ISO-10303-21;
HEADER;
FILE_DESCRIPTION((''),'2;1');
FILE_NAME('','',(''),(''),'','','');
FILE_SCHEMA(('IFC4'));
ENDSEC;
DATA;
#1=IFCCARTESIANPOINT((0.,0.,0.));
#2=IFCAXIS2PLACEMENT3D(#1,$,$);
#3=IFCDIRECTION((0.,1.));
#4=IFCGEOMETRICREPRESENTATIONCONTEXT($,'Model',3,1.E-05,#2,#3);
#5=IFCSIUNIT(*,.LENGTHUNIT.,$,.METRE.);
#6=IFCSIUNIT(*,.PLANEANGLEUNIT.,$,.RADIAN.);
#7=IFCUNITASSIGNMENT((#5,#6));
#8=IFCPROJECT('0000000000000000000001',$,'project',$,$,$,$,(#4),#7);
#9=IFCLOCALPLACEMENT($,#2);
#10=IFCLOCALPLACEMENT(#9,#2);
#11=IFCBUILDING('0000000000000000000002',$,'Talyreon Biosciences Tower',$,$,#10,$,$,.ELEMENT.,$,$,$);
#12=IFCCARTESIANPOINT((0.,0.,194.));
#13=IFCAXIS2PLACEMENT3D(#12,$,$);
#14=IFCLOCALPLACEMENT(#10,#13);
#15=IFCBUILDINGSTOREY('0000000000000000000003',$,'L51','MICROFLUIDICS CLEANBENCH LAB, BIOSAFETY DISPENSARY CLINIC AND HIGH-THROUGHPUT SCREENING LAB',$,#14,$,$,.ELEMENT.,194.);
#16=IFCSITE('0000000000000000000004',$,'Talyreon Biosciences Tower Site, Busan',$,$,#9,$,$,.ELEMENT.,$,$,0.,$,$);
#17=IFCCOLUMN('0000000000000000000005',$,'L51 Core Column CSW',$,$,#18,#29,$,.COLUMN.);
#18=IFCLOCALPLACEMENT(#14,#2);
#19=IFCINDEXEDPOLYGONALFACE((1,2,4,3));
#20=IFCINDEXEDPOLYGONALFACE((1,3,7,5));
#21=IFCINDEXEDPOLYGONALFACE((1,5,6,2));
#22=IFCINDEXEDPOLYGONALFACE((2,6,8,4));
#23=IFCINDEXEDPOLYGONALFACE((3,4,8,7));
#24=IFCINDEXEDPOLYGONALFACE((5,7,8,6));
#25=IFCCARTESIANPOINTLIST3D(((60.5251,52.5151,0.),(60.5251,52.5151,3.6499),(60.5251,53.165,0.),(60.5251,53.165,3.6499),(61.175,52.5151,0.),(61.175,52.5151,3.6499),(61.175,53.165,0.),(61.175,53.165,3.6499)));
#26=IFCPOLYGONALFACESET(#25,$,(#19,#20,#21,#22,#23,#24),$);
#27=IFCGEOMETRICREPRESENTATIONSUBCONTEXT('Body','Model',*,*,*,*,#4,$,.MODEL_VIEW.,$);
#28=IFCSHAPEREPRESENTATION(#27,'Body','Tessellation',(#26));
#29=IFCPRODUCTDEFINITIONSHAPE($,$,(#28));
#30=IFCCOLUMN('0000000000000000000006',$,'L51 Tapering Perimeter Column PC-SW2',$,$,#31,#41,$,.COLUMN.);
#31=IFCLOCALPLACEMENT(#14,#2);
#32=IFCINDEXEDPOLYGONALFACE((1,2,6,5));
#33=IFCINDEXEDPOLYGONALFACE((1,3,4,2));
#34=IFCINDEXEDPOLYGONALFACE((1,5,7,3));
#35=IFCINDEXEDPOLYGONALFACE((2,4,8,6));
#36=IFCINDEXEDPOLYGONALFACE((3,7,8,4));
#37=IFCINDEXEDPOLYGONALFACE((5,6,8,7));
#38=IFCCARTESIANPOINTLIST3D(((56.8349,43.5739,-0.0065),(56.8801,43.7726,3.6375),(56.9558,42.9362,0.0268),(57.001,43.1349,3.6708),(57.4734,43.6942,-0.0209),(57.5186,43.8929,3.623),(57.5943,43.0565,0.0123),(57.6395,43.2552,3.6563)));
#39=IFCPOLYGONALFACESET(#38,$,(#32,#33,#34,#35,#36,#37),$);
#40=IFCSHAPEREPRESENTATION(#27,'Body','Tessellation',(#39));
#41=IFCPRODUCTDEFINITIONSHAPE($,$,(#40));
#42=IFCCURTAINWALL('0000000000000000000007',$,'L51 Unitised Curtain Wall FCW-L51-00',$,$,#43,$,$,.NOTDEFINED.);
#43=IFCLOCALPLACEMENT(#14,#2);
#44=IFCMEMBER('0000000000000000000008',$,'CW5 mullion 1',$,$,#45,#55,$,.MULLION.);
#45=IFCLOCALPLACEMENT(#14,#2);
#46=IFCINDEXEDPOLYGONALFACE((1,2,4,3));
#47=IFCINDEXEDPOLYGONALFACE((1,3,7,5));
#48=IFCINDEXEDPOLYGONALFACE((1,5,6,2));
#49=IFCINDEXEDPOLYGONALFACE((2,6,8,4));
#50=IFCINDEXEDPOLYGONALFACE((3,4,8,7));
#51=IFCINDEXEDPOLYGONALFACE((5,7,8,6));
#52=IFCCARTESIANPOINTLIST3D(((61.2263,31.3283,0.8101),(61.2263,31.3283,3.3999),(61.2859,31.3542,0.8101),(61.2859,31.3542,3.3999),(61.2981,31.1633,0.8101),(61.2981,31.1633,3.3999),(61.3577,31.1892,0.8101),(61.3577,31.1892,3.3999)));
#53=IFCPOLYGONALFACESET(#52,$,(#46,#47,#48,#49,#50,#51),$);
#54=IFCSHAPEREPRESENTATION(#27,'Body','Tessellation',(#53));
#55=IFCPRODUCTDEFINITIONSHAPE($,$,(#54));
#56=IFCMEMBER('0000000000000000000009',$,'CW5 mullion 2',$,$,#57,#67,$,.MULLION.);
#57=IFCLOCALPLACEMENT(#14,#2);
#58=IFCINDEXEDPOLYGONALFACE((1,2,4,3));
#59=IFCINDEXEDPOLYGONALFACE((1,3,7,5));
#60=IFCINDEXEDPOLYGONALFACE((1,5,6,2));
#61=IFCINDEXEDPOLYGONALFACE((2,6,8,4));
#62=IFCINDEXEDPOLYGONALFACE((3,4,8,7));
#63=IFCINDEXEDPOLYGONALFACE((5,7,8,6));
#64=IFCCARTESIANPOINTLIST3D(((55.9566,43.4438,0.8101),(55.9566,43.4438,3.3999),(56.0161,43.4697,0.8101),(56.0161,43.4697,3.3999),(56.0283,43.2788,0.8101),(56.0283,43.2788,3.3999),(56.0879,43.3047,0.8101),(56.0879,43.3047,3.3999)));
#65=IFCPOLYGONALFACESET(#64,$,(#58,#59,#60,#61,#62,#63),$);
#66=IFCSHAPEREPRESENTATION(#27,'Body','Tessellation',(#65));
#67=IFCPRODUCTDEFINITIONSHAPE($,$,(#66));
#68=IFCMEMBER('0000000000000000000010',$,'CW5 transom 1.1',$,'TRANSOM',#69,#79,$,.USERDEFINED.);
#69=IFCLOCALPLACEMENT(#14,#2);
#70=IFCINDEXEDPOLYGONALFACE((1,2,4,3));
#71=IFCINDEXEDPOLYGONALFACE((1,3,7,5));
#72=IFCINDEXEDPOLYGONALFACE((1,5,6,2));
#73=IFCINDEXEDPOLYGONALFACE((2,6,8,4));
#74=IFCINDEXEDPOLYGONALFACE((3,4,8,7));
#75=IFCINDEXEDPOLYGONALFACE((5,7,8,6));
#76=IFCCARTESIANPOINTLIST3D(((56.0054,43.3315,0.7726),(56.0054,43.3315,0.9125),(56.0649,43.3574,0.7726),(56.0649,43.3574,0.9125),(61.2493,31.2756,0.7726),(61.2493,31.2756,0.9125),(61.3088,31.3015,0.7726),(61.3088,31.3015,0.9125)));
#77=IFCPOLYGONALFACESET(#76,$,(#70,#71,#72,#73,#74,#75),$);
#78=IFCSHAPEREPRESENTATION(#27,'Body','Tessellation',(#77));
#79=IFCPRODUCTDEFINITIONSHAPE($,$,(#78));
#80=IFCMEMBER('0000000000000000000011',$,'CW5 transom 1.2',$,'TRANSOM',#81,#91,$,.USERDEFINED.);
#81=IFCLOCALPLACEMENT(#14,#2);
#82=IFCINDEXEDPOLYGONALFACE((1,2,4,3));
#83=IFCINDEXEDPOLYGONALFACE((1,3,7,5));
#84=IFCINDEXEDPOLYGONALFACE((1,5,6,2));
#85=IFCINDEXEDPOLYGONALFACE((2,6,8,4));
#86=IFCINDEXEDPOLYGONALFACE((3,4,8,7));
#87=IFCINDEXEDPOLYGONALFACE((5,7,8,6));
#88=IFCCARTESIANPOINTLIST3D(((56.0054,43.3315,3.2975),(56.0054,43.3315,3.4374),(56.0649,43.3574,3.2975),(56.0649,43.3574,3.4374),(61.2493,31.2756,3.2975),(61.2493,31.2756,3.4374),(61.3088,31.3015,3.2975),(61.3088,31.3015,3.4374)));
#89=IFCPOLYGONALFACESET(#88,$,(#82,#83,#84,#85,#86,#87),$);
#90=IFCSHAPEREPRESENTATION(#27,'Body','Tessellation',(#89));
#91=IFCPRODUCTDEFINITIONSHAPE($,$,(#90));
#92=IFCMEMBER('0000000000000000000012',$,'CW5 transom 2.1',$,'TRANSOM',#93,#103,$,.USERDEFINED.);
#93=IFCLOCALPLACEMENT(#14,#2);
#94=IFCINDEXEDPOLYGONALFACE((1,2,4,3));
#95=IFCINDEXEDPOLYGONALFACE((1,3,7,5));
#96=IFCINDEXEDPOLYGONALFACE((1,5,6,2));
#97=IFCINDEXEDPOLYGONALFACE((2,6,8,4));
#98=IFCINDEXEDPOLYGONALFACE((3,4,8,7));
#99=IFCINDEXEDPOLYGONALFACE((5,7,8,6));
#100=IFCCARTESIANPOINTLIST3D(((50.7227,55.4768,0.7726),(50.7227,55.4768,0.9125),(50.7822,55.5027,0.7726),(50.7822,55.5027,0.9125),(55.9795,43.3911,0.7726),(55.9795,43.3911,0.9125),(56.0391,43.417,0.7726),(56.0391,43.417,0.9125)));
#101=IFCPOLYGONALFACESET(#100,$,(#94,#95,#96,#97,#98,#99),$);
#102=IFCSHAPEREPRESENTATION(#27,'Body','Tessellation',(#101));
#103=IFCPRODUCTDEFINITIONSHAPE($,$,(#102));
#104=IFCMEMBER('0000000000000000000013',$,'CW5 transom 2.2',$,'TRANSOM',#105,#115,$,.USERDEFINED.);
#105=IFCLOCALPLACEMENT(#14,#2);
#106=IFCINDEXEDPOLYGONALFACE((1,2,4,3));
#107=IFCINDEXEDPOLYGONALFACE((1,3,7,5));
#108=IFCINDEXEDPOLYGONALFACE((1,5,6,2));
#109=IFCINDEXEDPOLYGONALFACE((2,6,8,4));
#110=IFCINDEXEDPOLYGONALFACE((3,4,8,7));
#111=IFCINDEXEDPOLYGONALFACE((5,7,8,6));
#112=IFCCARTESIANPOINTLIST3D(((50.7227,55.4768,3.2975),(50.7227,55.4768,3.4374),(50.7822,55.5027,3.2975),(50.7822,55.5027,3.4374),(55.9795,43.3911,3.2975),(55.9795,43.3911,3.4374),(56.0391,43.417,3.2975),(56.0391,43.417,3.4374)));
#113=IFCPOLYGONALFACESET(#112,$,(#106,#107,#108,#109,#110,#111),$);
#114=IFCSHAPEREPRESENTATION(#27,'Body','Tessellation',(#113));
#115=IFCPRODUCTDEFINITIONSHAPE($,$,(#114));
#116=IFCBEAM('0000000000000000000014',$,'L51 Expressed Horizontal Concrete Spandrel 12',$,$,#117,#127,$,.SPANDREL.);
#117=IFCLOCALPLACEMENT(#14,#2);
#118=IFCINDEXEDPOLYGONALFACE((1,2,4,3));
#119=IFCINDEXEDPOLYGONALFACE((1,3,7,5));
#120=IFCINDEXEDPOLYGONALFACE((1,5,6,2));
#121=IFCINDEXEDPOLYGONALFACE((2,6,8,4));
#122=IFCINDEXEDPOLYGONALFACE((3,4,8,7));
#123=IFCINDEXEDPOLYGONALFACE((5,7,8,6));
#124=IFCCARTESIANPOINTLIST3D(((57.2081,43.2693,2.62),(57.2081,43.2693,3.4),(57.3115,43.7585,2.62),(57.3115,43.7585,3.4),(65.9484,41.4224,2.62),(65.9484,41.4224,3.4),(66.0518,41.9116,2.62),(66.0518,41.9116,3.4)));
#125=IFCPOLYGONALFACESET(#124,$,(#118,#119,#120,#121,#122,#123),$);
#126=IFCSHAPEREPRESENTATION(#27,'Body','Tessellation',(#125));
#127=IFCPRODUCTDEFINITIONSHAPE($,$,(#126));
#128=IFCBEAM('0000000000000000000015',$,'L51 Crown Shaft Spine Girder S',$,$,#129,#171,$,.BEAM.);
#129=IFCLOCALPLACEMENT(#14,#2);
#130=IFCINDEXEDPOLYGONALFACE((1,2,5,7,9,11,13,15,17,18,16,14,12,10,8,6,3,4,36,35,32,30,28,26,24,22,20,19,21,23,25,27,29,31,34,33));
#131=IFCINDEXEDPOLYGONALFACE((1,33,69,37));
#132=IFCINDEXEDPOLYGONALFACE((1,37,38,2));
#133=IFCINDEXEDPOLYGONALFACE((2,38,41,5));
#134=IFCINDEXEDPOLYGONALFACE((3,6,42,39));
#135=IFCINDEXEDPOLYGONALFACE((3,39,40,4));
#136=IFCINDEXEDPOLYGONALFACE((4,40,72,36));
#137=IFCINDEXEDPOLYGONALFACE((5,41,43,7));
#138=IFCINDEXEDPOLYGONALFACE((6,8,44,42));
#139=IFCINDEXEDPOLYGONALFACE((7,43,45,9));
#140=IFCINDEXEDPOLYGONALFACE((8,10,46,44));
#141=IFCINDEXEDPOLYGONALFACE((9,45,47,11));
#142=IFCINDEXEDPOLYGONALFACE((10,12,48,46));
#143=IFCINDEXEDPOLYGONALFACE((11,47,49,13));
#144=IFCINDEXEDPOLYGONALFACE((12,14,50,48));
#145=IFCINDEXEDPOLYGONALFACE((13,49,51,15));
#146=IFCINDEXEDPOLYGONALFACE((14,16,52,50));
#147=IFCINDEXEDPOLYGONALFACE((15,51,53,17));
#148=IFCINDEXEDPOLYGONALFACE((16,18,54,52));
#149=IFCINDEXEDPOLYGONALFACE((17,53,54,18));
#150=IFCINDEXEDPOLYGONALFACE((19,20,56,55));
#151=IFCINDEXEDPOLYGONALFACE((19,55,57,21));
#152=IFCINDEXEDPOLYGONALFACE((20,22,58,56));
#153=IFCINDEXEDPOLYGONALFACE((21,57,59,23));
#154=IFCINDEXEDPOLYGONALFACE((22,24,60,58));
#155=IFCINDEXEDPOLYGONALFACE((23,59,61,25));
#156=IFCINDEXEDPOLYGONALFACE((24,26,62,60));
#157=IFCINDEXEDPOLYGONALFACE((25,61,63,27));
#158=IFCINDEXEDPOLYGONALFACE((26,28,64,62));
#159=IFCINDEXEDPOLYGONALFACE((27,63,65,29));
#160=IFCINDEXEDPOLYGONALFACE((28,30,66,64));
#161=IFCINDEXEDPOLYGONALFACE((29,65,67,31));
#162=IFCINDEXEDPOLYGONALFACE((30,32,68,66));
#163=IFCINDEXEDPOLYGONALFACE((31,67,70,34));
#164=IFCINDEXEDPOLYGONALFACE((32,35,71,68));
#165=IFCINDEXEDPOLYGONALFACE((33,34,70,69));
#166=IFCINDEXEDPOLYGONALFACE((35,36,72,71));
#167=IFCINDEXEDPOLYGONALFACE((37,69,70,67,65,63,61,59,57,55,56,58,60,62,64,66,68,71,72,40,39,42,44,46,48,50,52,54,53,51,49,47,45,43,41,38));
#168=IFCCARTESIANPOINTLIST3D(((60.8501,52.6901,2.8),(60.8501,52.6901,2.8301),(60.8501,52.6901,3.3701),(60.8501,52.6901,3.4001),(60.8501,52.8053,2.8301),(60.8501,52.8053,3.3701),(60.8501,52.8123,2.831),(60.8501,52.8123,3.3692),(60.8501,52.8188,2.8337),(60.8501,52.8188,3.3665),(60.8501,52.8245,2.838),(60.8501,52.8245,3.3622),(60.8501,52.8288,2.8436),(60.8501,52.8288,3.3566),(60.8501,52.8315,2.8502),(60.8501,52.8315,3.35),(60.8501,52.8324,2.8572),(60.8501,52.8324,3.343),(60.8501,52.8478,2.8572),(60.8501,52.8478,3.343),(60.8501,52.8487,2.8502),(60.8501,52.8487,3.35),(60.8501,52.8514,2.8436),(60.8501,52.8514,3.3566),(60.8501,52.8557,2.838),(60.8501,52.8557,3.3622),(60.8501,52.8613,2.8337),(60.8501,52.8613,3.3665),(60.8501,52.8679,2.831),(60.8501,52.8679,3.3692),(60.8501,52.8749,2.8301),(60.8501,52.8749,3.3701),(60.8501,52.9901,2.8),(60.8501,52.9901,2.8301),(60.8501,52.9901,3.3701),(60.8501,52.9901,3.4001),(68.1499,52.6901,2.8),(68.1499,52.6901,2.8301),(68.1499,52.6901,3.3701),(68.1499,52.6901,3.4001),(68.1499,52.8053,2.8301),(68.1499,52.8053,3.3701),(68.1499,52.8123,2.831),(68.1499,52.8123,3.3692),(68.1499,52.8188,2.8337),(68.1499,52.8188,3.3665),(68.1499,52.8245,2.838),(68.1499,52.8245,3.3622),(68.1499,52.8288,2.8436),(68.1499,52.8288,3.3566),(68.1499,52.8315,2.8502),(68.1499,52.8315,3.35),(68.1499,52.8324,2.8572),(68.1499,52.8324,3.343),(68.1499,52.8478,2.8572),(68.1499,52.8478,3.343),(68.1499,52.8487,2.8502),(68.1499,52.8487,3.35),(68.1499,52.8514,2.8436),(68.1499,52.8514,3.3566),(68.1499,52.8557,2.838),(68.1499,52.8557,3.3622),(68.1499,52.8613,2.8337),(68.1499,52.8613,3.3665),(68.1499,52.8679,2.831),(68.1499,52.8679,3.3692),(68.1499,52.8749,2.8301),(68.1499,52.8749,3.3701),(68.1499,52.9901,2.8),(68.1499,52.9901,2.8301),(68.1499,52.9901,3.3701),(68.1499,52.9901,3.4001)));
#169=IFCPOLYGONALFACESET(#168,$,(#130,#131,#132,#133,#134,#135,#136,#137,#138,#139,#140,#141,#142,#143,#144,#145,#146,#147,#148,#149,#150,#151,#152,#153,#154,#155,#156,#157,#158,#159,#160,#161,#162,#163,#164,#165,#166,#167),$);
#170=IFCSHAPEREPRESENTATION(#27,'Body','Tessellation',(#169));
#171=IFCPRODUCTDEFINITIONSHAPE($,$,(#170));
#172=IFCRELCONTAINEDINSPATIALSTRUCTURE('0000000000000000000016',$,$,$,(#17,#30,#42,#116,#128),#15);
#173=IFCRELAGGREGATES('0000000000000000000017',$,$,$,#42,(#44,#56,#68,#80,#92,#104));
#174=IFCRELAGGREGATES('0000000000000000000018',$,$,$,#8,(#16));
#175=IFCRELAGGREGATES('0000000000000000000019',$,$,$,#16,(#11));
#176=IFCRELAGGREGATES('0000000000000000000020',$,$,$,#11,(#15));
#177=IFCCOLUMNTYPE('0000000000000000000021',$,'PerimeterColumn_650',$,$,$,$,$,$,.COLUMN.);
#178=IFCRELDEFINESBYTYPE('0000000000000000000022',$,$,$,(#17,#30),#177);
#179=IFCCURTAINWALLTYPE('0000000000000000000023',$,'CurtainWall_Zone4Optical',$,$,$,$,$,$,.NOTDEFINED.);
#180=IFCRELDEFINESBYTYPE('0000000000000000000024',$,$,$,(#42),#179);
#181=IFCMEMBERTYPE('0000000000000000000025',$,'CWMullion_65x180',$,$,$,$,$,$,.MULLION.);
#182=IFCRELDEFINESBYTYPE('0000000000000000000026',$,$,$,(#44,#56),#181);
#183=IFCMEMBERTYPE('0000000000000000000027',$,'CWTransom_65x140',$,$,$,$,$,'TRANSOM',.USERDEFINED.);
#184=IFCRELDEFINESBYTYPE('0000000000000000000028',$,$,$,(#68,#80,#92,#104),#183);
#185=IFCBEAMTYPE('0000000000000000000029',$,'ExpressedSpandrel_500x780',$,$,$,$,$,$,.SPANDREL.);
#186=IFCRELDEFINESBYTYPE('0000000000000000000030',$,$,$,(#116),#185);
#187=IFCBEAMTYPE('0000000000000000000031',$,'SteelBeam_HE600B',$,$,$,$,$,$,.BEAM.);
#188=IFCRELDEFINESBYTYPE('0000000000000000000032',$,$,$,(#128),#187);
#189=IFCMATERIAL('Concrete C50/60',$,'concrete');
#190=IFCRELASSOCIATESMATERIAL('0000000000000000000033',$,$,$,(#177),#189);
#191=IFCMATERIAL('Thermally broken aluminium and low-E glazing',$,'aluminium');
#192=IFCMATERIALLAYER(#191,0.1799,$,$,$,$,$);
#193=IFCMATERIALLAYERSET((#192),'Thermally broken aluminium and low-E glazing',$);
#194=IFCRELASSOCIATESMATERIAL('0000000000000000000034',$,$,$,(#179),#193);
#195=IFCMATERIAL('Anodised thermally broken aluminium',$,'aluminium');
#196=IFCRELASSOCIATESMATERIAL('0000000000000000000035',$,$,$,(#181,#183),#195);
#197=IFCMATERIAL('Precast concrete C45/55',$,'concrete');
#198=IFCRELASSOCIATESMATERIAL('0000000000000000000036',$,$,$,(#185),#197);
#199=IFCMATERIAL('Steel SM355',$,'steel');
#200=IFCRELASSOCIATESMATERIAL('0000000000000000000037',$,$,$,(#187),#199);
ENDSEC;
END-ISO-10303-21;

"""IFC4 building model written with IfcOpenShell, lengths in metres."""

from ifc_helpers import new_model, si_unit, direction, frame, origin, origin_2d, place, context, subcontext, project, spatial, rectangle, i_section, extrude, material, layer, layer_set, material_profile, profile_set, type_object, element, aggregate, save


model = new_model("IFC4")

# Units and contexts
model_context = context("Model", 3, precision=1e-05, world=origin(), true_north=direction((0.0, 1.0)))
body_context = subcontext(model_context, "Body", "Model", "MODEL_VIEW")
ifc_project = project(units=[si_unit("LENGTHUNIT", "METRE"), si_unit("PLANEANGLEUNIT", "RADIAN")], contexts=[model_context])

# Site, building, storey
site_placement = place(None, origin())
site = spatial("IfcSite", under=ifc_project, at=site_placement, Name="Talyreon Biosciences Tower Site, Busan", CompositionType="ELEMENT", RefElevation=0.0)
building_placement = place(site_placement, origin())
building = spatial("IfcBuilding", under=site, at=building_placement, Name="Talyreon Biosciences Tower", CompositionType="ELEMENT")
storey_placement = place(building_placement, frame((0.0, 0.0, 194.0)))
storey = spatial("IfcBuildingStorey", under=building, at=storey_placement, Name="L51", Description="MICROFLUIDICS CLEANBENCH LAB, BIOSAFETY DISPENSARY CLINIC AND HIGH-THROUGHPUT SCREENING LAB", CompositionType="ELEMENT", Elevation=194.0)

# Columns
ifc_material_1 = material(Name="Concrete C50/60", Category="concrete")
ifc_material_profile_1 = material_profile(ifc_material_1, rectangle(XDim=0.6499, YDim=0.6499, at=origin_2d()), Name="RC 650x650")
ifc_profile_set_1 = profile_set([ifc_material_profile_1], Name="Concrete C50/60")
column_type = type_object("IfcColumnType", Name="PerimeterColumn_650", PredefinedType="COLUMN", material=ifc_profile_set_1)
column_1_placement = place(storey_placement, frame((60.8501, 52.8401, 0.0), z_axis=(0.0, 0.0, 1.0), x_axis=(1.0, 0.0, 0.0)))
element("IfcColumn", 1, at=column_1_placement, inside=storey, type_object=column_type, Name="L51 Core Column CSW", PredefinedType="COLUMN", context=body_context, shape_type="SweptSolid", body=[
    extrude(rectangle(XDim=0.6499, YDim=0.6499, at=origin_2d()), origin(), (0.0, 0.0, 1.0), 3.6499),
])
column_2_placement = place(storey_placement, frame((57.2146, 43.3152, 0.0029), z_axis=(0.012375, 0.054451, 0.99844), x_axis=(-0.186031, 0.981209, -0.051205)))
element("IfcColumn", 2, at=column_2_placement, inside=storey, type_object=column_type, Name="L51 Tapering Perimeter Column PC-SW2", PredefinedType="COLUMN", context=body_context, shape_type="SweptSolid", body=[
    extrude(rectangle(XDim=0.6499, YDim=0.6499, at=origin_2d()), origin(), (0.0, 0.0, 1.0), 3.6497),
])

# Curtain wall, members
ifc_material_2 = material(Name="Thermally broken aluminium and low-E glazing", Category="aluminium")
ifc_layer_1 = layer(ifc_material_2, 0.1799)
ifc_layer_set_1 = layer_set([ifc_layer_1], Name="Thermally broken aluminium and low-E glazing")
curtain_wall_type = type_object("IfcCurtainWallType", Name="CurtainWall_Zone4Optical", PredefinedType="NOTDEFINED", material=ifc_layer_set_1)
curtain_wall_placement = place(storey_placement, origin())
curtain_wall = element("IfcCurtainWall", 3, at=curtain_wall_placement, inside=storey, type_object=curtain_wall_type, Name="L51 Unitised Curtain Wall FCW-L51-00", PredefinedType="NOTDEFINED")
ifc_material_3 = material(Name="Anodised thermally broken aluminium", Category="aluminium")
ifc_material_profile_2 = material_profile(ifc_material_3, rectangle(XDim=0.0649, YDim=0.1799, at=origin_2d()), Name="ALUM MULLION 65x180")
ifc_profile_set_2 = profile_set([ifc_material_profile_2], Name="Anodised thermally broken aluminium")
member_type_1 = type_object("IfcMemberType", Name="CWMullion_65x180", PredefinedType="MULLION", material=ifc_profile_set_2)
member_1_placement = place(storey_placement, frame((61.292, 31.2588, 0.8101), z_axis=(0.0, 0.0, 1.0), x_axis=(-0.917011, -0.398862, 0.0)))
member_1 = element("IfcMember", 4, at=member_1_placement, type_object=member_type_1, Name="CW5 mullion 1", PredefinedType="MULLION", context=body_context, shape_type="SweptSolid", body=[
    extrude(rectangle(XDim=0.0649, YDim=0.1799, at=origin_2d()), origin(), (0.0, 0.0, 1.0), 2.5898),
])
member_2_placement = place(storey_placement, frame((56.0222, 43.3743, 0.8101), z_axis=(0.0, 0.0, 1.0), x_axis=(-0.917011, -0.398862, 0.0)))
member_2 = element("IfcMember", 5, at=member_2_placement, type_object=member_type_1, Name="CW5 mullion 2", PredefinedType="MULLION", context=body_context, shape_type="SweptSolid", body=[
    extrude(rectangle(XDim=0.0649, YDim=0.1799, at=origin_2d()), origin(), (0.0, 0.0, 1.0), 2.5898),
])
ifc_material_profile_3 = material_profile(ifc_material_3, rectangle(XDim=0.0649, YDim=0.1399, at=origin_2d()), Name="ALUM TRANSOM 65x140")
ifc_profile_set_3 = profile_set([ifc_material_profile_3], Name="Anodised thermally broken aluminium")
member_type_2 = type_object("IfcMemberType", Name="CWTransom_65x140", ElementType="TRANSOM", PredefinedType="USERDEFINED", material=ifc_profile_set_3)
member_3_placement = place(storey_placement, frame((61.2791, 31.2886, 0.8425), z_axis=(-0.398867, 0.917009, 0.0), x_axis=(-0.917009, -0.398867, 0.0)))
member_3 = element("IfcMember", 6, at=member_3_placement, type_object=member_type_2, Name="CW5 transom 1.1", ObjectType="TRANSOM", PredefinedType="USERDEFINED", context=body_context, shape_type="SweptSolid", body=[
    extrude(rectangle(XDim=0.0649, YDim=0.1399, at=origin_2d()), origin(), (0.0, 0.0, 1.0), 13.147),
])
member_4_placement = place(storey_placement, frame((61.2791, 31.2886, 3.3674), z_axis=(-0.398867, 0.917009, 0.0), x_axis=(-0.917009, -0.398867, 0.0)))
member_4 = element("IfcMember", 7, at=member_4_placement, type_object=member_type_2, Name="CW5 transom 1.2", ObjectType="TRANSOM", PredefinedType="USERDEFINED", context=body_context, shape_type="SweptSolid", body=[
    extrude(rectangle(XDim=0.0649, YDim=0.1399, at=origin_2d()), origin(), (0.0, 0.0, 1.0), 13.147),
])
member_5_placement = place(storey_placement, frame((56.0093, 43.4041, 0.8425), z_axis=(-0.398866, 0.917009, 0.0), x_axis=(-0.917009, -0.398866, 0.0)))
member_5 = element("IfcMember", 8, at=member_5_placement, type_object=member_type_2, Name="CW5 transom 2.1", ObjectType="TRANSOM", PredefinedType="USERDEFINED", context=body_context, shape_type="SweptSolid", body=[
    extrude(rectangle(XDim=0.0649, YDim=0.1399, at=origin_2d()), origin(), (0.0, 0.0, 1.0), 13.1794),
])
member_6_placement = place(storey_placement, frame((56.0093, 43.4041, 3.3674), z_axis=(-0.398866, 0.917009, 0.0), x_axis=(-0.917009, -0.398866, 0.0)))
member_6 = element("IfcMember", 9, at=member_6_placement, type_object=member_type_2, Name="CW5 transom 2.2", ObjectType="TRANSOM", PredefinedType="USERDEFINED", context=body_context, shape_type="SweptSolid", body=[
    extrude(rectangle(XDim=0.0649, YDim=0.1399, at=origin_2d()), origin(), (0.0, 0.0, 1.0), 13.1794),
])

# Beams
ifc_material_4 = material(Name="Precast concrete C45/55", Category="concrete")
ifc_material_profile_4 = material_profile(ifc_material_4, rectangle(XDim=0.5, YDim=0.78, at=origin_2d()), Name="RCB 500x780")
ifc_profile_set_4 = profile_set([ifc_material_profile_4], Name="Precast concrete C45/55")
beam_type_1 = type_object("IfcBeamType", Name="ExpressedSpandrel_500x780", PredefinedType="SPANDREL", material=ifc_profile_set_4)
beam_1_placement = place(storey_placement, frame((57.2598, 43.5139, 3.01), z_axis=(0.978394, -0.206747, 0.0), x_axis=(0.206747, 0.978394, 0.0)))
element("IfcBeam", 10, at=beam_1_placement, inside=storey, type_object=beam_type_1, Name="L51 Expressed Horizontal Concrete Spandrel 12", PredefinedType="SPANDREL", context=body_context, shape_type="SweptSolid", body=[
    extrude(rectangle(XDim=0.5, YDim=0.78, at=origin_2d()), origin(), (0.0, 0.0, 1.0), 8.9333),
])
ifc_material_5 = material(Name="Steel SM355", Category="steel")
ifc_material_profile_5 = material_profile(ifc_material_5, i_section(OverallWidth=0.3, OverallDepth=0.6001, WebThickness=0.0154, FlangeThickness=0.03, FilletRadius=0.0271, at=origin_2d()), Name="HE600B")
ifc_profile_set_5 = profile_set([ifc_material_profile_5], Name="Steel SM355")
beam_type_2 = type_object("IfcBeamType", Name="SteelBeam_HE600B", PredefinedType="BEAM", material=ifc_profile_set_5)
beam_2_placement = place(storey_placement, frame((60.8501, 52.8401, 3.1001), z_axis=(1.0, 0.0, 0.0), x_axis=(0.0, 1.0, 0.0)))
element("IfcBeam", 11, at=beam_2_placement, inside=storey, type_object=beam_type_2, Name="L51 Crown Shaft Spine Girder S", PredefinedType="BEAM", context=body_context, shape_type="SweptSolid", body=[
    extrude(i_section(OverallWidth=0.3, OverallDepth=0.6001, WebThickness=0.0154, FlangeThickness=0.03, FilletRadius=0.0271, at=origin_2d()), origin(), (0.0, 0.0, 1.0), 7.2998),
])

aggregate(curtain_wall, [member_1, member_2, member_3, member_4, member_5, member_6])

save(model, "model.ifc")
